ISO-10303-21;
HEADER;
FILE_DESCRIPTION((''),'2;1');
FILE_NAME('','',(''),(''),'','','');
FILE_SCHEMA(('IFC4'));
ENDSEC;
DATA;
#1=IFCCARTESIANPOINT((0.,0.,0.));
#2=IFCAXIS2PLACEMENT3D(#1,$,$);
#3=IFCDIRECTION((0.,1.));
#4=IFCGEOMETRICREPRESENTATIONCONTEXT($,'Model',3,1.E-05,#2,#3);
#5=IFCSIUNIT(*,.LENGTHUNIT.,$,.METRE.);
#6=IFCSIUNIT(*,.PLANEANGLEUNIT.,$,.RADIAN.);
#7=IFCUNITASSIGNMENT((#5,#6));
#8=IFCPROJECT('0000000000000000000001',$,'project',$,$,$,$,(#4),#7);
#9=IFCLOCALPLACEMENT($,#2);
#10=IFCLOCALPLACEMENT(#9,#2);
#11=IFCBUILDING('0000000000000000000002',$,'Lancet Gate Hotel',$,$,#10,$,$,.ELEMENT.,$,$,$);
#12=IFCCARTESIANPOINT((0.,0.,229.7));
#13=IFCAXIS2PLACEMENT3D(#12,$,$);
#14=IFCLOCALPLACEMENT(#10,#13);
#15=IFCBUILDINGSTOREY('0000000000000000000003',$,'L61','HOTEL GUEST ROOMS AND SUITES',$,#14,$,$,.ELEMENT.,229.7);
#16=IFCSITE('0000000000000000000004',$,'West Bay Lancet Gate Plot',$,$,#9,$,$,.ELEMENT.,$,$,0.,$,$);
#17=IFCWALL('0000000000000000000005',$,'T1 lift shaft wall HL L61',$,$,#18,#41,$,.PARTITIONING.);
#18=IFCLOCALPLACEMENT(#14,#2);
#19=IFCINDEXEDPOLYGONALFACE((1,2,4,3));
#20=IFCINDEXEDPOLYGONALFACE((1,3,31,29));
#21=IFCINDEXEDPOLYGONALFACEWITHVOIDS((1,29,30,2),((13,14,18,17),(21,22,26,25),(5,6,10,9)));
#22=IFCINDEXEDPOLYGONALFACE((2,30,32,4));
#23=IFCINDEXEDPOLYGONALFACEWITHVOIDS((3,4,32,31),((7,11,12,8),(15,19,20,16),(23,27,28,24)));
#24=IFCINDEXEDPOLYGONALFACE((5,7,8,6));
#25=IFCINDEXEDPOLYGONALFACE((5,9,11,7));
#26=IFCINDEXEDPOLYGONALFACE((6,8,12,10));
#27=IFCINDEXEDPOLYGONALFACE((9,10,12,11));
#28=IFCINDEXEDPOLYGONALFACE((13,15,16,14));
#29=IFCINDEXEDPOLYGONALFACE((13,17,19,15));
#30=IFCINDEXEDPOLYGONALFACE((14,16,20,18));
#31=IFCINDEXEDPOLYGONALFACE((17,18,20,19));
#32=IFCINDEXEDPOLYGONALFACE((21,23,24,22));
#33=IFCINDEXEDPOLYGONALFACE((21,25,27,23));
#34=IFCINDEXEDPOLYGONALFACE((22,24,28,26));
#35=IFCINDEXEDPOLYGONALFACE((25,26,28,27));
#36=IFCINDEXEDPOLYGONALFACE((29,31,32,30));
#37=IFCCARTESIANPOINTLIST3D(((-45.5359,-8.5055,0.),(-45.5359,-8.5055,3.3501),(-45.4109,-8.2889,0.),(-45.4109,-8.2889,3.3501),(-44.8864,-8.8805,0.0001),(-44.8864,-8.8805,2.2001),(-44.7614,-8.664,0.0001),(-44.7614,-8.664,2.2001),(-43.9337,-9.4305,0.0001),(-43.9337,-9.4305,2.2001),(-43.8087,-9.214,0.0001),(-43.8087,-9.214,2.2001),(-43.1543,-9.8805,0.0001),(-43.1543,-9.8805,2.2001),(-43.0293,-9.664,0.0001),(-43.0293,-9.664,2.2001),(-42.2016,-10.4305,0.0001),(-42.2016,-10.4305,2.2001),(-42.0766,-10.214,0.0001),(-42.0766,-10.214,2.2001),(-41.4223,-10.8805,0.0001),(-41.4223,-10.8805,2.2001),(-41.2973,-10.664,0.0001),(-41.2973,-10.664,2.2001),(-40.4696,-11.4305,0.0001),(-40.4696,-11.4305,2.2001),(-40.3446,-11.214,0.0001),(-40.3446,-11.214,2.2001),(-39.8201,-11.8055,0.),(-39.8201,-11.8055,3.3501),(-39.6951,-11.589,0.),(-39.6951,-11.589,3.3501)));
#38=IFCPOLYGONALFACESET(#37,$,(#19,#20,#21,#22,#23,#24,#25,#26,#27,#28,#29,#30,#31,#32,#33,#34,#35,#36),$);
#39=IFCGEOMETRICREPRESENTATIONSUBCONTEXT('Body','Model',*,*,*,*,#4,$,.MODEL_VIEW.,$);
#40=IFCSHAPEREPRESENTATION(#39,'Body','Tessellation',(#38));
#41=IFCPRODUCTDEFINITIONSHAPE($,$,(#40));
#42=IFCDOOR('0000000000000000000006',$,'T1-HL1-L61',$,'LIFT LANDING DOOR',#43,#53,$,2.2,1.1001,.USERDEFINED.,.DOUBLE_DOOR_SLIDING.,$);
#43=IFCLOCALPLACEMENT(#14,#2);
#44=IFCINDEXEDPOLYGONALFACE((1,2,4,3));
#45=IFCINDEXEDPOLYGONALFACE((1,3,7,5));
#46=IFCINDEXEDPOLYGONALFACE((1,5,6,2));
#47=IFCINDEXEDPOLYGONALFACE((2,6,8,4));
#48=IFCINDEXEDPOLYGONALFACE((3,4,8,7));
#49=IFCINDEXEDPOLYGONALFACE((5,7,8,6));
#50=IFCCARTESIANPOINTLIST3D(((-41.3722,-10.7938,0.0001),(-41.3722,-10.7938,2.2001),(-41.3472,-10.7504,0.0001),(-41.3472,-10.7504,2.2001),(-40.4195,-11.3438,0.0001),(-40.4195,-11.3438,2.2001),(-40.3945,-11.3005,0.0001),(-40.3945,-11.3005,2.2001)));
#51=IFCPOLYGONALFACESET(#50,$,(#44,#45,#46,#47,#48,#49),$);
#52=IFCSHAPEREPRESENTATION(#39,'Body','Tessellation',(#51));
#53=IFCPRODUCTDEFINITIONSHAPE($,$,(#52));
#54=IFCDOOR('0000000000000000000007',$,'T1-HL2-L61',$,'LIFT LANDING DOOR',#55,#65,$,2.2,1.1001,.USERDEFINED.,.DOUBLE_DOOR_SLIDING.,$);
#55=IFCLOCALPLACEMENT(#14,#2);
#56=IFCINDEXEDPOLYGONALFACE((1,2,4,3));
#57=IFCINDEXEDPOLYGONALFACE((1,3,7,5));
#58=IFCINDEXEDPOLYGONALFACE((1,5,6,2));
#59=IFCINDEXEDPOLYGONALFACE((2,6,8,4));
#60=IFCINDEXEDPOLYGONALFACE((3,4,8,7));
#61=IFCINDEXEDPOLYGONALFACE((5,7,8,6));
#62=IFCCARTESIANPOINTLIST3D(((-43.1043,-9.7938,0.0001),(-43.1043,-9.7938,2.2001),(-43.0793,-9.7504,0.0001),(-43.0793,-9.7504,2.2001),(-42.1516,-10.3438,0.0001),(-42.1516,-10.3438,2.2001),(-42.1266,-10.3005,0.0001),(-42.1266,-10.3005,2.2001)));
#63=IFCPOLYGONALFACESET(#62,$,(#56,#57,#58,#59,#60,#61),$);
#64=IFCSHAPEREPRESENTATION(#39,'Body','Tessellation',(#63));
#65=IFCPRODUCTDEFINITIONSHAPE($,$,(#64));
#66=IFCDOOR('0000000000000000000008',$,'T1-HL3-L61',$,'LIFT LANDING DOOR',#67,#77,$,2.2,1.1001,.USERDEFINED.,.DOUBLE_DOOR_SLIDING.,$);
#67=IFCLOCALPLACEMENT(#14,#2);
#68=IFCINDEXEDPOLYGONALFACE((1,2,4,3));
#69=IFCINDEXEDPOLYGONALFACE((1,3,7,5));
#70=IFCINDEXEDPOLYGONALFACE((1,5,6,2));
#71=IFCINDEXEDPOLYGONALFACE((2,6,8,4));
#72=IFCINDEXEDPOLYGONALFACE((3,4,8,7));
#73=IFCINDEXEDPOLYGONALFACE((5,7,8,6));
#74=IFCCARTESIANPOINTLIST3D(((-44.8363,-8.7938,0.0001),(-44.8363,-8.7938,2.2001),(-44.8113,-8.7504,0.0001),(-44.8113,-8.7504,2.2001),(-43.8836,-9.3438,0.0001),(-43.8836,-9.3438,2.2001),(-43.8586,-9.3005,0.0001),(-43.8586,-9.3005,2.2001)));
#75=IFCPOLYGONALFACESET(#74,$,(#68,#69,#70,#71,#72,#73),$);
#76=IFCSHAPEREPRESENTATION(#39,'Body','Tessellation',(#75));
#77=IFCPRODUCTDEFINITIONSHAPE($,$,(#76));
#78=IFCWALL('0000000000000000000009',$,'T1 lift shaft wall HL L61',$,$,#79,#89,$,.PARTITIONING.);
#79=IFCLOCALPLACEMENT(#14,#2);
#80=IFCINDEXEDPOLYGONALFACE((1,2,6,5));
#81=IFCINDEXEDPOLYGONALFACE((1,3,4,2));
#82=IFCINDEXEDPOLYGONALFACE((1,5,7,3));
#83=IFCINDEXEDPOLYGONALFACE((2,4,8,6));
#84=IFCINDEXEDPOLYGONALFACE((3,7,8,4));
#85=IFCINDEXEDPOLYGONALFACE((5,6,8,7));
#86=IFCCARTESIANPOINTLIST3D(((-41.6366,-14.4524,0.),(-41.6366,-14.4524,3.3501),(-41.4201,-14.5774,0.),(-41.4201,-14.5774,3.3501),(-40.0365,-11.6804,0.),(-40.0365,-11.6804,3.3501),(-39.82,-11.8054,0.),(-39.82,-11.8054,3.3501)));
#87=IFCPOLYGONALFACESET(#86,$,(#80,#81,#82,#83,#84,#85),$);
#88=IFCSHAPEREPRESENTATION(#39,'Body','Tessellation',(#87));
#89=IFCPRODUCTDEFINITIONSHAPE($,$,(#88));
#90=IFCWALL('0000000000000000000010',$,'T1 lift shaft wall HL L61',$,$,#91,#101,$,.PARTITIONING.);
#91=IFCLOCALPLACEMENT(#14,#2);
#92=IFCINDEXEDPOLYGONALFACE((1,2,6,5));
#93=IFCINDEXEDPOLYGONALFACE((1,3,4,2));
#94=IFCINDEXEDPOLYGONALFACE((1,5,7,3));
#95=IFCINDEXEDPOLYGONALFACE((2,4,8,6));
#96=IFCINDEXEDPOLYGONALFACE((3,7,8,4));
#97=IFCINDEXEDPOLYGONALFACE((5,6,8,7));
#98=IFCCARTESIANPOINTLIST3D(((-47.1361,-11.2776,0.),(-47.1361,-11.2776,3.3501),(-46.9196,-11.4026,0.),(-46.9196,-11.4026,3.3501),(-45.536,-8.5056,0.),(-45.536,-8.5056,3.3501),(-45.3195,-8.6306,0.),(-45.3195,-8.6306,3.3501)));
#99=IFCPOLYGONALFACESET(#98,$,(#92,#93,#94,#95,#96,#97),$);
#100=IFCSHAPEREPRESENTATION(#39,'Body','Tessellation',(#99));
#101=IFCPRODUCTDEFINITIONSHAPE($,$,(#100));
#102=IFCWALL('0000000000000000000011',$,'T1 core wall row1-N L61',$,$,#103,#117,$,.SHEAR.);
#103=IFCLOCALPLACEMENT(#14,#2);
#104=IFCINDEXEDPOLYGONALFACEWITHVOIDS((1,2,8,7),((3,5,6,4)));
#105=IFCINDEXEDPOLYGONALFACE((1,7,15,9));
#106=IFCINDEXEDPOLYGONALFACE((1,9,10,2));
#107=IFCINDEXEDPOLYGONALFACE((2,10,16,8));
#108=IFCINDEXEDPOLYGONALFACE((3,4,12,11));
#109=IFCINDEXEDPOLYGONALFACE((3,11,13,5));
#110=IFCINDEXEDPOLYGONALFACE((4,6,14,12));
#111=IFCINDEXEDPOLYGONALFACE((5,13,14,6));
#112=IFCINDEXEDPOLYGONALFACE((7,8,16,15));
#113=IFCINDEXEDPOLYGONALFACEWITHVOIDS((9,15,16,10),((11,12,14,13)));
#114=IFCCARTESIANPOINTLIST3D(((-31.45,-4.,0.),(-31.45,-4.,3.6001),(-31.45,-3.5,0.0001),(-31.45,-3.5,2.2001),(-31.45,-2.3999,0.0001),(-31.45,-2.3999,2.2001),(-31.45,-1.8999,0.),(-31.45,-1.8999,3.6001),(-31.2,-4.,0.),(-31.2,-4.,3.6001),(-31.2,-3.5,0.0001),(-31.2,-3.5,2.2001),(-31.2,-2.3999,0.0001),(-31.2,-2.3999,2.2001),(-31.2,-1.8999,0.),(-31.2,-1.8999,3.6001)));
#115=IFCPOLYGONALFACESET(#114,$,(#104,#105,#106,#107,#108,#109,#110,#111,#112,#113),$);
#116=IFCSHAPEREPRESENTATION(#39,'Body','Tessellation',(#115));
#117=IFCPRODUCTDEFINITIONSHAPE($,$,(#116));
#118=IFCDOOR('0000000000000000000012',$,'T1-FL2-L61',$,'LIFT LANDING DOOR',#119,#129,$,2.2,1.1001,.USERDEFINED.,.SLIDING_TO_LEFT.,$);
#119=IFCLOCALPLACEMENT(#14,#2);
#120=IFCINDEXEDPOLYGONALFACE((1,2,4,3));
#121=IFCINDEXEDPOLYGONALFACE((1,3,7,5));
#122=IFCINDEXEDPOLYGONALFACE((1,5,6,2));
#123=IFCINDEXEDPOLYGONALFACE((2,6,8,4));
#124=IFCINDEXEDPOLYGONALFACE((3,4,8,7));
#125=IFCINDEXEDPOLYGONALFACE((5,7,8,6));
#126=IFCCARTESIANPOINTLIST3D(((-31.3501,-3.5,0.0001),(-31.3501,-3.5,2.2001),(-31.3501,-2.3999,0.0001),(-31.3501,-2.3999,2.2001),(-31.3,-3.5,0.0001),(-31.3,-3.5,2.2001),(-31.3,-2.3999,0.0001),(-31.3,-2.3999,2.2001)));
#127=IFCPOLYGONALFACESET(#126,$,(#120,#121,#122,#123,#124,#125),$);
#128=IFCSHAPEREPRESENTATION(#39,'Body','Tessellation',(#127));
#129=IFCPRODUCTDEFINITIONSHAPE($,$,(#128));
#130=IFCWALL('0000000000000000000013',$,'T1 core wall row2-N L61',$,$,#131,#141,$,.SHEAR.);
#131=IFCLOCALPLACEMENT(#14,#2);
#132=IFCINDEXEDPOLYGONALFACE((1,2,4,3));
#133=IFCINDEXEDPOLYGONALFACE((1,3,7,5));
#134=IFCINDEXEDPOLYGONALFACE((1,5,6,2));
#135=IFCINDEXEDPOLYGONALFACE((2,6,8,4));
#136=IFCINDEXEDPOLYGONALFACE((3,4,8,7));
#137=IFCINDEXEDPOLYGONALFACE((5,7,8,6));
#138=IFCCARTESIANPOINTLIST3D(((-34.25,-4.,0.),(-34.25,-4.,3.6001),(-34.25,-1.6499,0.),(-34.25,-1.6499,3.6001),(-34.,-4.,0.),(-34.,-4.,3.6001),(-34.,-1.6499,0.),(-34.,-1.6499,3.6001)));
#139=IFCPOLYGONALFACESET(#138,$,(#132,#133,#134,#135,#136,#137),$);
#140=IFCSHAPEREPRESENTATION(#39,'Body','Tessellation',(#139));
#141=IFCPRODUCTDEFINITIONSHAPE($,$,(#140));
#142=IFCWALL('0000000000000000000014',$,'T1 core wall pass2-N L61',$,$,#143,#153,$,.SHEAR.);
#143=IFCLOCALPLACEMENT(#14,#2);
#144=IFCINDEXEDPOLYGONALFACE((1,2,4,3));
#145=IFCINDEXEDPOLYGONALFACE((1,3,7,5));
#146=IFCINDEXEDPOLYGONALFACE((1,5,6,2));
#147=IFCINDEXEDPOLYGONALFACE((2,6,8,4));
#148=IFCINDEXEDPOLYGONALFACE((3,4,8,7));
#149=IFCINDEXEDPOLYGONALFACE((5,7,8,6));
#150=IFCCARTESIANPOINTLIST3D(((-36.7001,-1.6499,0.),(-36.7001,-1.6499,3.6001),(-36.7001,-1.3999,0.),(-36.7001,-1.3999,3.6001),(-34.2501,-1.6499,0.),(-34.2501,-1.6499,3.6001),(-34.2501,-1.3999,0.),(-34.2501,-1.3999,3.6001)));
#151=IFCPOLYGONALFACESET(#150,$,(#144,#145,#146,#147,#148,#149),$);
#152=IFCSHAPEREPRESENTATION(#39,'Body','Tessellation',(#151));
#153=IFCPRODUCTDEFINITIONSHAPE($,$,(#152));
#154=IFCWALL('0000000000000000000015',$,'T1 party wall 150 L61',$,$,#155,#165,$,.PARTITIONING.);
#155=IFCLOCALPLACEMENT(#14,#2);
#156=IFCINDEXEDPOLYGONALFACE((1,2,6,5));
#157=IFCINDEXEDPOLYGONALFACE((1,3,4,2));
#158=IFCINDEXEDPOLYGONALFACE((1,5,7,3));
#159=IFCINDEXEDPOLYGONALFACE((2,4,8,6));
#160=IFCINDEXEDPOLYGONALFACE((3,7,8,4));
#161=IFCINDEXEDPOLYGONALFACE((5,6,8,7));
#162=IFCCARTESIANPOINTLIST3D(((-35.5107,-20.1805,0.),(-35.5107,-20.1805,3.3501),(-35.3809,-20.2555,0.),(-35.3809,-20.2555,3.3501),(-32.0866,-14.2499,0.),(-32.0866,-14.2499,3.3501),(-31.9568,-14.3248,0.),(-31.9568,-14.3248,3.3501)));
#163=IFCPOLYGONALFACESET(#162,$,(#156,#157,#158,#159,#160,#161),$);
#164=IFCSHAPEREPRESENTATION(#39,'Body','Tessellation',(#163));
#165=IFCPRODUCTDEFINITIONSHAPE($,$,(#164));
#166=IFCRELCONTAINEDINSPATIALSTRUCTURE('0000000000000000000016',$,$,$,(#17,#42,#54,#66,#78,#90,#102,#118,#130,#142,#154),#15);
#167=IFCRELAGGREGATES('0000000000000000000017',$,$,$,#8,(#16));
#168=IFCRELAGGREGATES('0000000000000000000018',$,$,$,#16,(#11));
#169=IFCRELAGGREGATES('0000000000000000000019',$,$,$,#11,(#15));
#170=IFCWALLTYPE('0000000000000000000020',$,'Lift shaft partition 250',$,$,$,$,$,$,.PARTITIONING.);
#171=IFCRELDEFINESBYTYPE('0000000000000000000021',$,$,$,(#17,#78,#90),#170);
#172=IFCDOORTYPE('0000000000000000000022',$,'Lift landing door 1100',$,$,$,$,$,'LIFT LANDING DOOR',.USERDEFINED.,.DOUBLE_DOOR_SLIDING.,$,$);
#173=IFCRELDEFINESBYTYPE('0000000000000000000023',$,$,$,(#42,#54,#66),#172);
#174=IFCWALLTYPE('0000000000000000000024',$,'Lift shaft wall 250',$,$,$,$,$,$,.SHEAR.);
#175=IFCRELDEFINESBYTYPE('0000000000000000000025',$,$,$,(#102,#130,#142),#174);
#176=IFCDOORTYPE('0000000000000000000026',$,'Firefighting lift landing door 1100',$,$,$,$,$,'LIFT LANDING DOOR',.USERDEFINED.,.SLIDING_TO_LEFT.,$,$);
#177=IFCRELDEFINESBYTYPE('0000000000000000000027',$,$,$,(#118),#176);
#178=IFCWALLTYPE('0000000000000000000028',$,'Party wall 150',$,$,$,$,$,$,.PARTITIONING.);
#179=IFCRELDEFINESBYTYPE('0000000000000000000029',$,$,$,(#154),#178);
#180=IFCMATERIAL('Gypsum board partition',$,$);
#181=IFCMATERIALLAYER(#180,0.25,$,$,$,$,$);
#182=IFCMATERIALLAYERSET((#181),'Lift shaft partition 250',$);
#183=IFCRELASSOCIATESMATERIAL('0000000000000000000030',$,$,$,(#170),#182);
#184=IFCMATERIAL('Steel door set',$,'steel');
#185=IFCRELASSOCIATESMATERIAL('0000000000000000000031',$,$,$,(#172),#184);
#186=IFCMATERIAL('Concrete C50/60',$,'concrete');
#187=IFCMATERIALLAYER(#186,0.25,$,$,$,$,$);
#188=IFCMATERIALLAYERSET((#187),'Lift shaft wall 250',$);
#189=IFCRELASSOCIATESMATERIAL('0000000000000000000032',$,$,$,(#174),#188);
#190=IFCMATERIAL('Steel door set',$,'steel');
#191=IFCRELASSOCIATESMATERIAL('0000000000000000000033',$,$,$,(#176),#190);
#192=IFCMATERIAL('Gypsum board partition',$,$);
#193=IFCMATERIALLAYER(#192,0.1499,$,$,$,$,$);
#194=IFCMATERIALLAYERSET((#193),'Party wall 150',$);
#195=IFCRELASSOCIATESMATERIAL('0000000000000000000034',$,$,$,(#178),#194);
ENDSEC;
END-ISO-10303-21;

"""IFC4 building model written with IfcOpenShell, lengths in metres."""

from ifc_helpers import new_model, si_unit, direction, frame, frame_2d, origin, place, context, subcontext, project, spatial, rectangle, extrude, material, layer, layer_set, type_object, element, fill, save


model = new_model("IFC4")

# Units and contexts
model_context = context("Model", 3, precision=1e-05, world=origin(), true_north=direction((0.0, 1.0)))
body_context = subcontext(model_context, "Body", "Model", "MODEL_VIEW")
ifc_project = project(units=[si_unit("LENGTHUNIT", "METRE"), si_unit("PLANEANGLEUNIT", "RADIAN")], contexts=[model_context])

# Site, building, storey
site_placement = place(None, origin())
site = spatial("IfcSite", under=ifc_project, at=site_placement, Name="West Bay Lancet Gate Plot", CompositionType="ELEMENT", RefElevation=0.0)
building_placement = place(site_placement, origin())
building = spatial("IfcBuilding", under=site, at=building_placement, Name="Lancet Gate Hotel", CompositionType="ELEMENT")
storey_placement = place(building_placement, frame((0.0, 0.0, 229.7)))
storey = spatial("IfcBuildingStorey", under=building, at=storey_placement, Name="L61", Description="HOTEL GUEST ROOMS AND SUITES", CompositionType="ELEMENT", Elevation=229.7)

# Wall, openings, doors
ifc_material_1 = material(Name="Gypsum board partition")
ifc_layer_1 = layer(ifc_material_1, 0.25)
ifc_layer_set_1 = layer_set([ifc_layer_1], Name="Lift shaft partition 250")
wall_type_1 = type_object("IfcWallType", Name="Lift shaft partition 250", PredefinedType="PARTITIONING", material=ifc_layer_set_1)
wall_1_placement = place(storey_placement, frame((-39.7576, -11.6973, 0.0), z_axis=(0.0, 0.0, 1.0), x_axis=(-0.866024, 0.500002, 0.0)))
wall_1 = element("IfcWall", 1, at=wall_1_placement, inside=storey, type_object=wall_type_1, Name="T1 lift shaft wall HL L61", PredefinedType="PARTITIONING", context=body_context, shape_type="SweptSolid", body=[
    extrude(rectangle(XDim=6.6001, YDim=0.25, at=frame_2d((3.3, 0.0))), origin(), (0.0, 0.0, 1.0), 3.3501),
])
opening_1_placement = place(wall_1_placement, frame((0.75, 0.0, 0.0)))
opening_1 = element("IfcOpeningElement", 2, at=opening_1_placement, cuts=wall_1, PredefinedType="OPENING", context=body_context, shape_type="SweptSolid", body=[
    extrude(rectangle(XDim=1.1001, YDim=2.2, at=frame_2d((0.55, 1.1001))), frame((0.0, 0.135, 0.0), z_axis=(0.0, -1.0, 0.0), x_axis=(1.0, 0.0, 0.0)), (0.0, 0.0, 1.0), 0.27),
])
opening_2_placement = place(wall_1_placement, frame((2.75, 0.0, 0.0)))
opening_2 = element("IfcOpeningElement", 3, at=opening_2_placement, cuts=wall_1, PredefinedType="OPENING", context=body_context, shape_type="SweptSolid", body=[
    extrude(rectangle(XDim=1.1001, YDim=2.2, at=frame_2d((0.55, 1.1001))), frame((0.0, 0.135, 0.0), z_axis=(0.0, -1.0, 0.0), x_axis=(1.0, 0.0, 0.0)), (0.0, 0.0, 1.0), 0.27),
])
opening_3_placement = place(wall_1_placement, frame((4.75, 0.0, 0.0)))
opening_3 = element("IfcOpeningElement", 4, at=opening_3_placement, cuts=wall_1, PredefinedType="OPENING", context=body_context, shape_type="SweptSolid", body=[
    extrude(rectangle(XDim=1.1001, YDim=2.2, at=frame_2d((0.55, 1.1001))), frame((0.0, 0.135, 0.0), z_axis=(0.0, -1.0, 0.0), x_axis=(1.0, 0.0, 0.0)), (0.0, 0.0, 1.0), 0.27),
])
ifc_material_2 = material(Name="Steel door set", Category="steel")
door_type_1 = type_object("IfcDoorType", Name="Lift landing door 1100", ElementType="LIFT LANDING DOOR", OperationType="DOUBLE_DOOR_SLIDING", PredefinedType="USERDEFINED", material=ifc_material_2)
door_1_placement = place(opening_1_placement, origin())
door_1 = element("IfcDoor", 5, at=door_1_placement, inside=storey, type_object=door_type_1, Name="T1-HL1-L61", ObjectType="LIFT LANDING DOOR", OperationType="DOUBLE_DOOR_SLIDING", OverallHeight=2.2, OverallWidth=1.1001, PredefinedType="USERDEFINED", context=body_context, shape_type="SweptSolid", body=[
    extrude(rectangle(XDim=1.1001, YDim=2.2, at=frame_2d((0.55, 1.1001))), frame((0.0, 0.0249, 0.0), z_axis=(0.0, -1.0, 0.0), x_axis=(1.0, 0.0, 0.0)), (0.0, 0.0, 1.0), 0.05),
])
fill(opening_1, door_1)
door_2_placement = place(opening_2_placement, origin())
door_2 = element("IfcDoor", 6, at=door_2_placement, inside=storey, type_object=door_type_1, Name="T1-HL2-L61", ObjectType="LIFT LANDING DOOR", OperationType="DOUBLE_DOOR_SLIDING", OverallHeight=2.2, OverallWidth=1.1001, PredefinedType="USERDEFINED", context=body_context, shape_type="SweptSolid", body=[
    extrude(rectangle(XDim=1.1001, YDim=2.2, at=frame_2d((0.55, 1.1001))), frame((0.0, 0.0249, 0.0), z_axis=(0.0, -1.0, 0.0), x_axis=(1.0, 0.0, 0.0)), (0.0, 0.0, 1.0), 0.05),
])
fill(opening_2, door_2)
door_3_placement = place(opening_3_placement, origin())
door_3 = element("IfcDoor", 7, at=door_3_placement, inside=storey, type_object=door_type_1, Name="T1-HL3-L61", ObjectType="LIFT LANDING DOOR", OperationType="DOUBLE_DOOR_SLIDING", OverallHeight=2.2, OverallWidth=1.1001, PredefinedType="USERDEFINED", context=body_context, shape_type="SweptSolid", body=[
    extrude(rectangle(XDim=1.1001, YDim=2.2, at=frame_2d((0.55, 1.1001))), frame((0.0, 0.0249, 0.0), z_axis=(0.0, -1.0, 0.0), x_axis=(1.0, 0.0, 0.0)), (0.0, 0.0, 1.0), 0.05),
])
fill(opening_3, door_3)

# Walls
for number, where, z_axis, x_axis, name in (
    (8, (-39.9282, -11.7429, 0.0), (0.0, 0.0, 1.0), (-0.499929, -0.866066, 0.0), "T1 lift shaft wall HL L61"),
    (9, (-45.4277, -8.5681, 0.0), (0.0, 0.0, 1.0), (-0.499929, -0.866066, 0.0), "T1 lift shaft wall HL L61"),
):
    element("IfcWall", number, at=place(storey_placement, frame(where, z_axis=z_axis, x_axis=x_axis)), inside=storey, type_object=wall_type_1, Name=name, PredefinedType="PARTITIONING", context=body_context, shape_type="SweptSolid", body=[
        extrude(rectangle(XDim=3.2007, YDim=0.25, at=frame_2d((1.6003, 0.0))), origin(), (0.0, 0.0, 1.0), 3.3501),
    ])

# Wall, opening, door
ifc_material_3 = material(Name="Concrete C50/60", Category="concrete")
ifc_layer_2 = layer(ifc_material_3, 0.25)
ifc_layer_set_2 = layer_set([ifc_layer_2], Name="Lift shaft wall 250")
wall_type_2 = type_object("IfcWallType", Name="Lift shaft wall 250", PredefinedType="SHEAR", material=ifc_layer_set_2)
wall_2_placement = place(storey_placement, frame((-31.325, -1.8999, 0.0), z_axis=(0.0, 0.0, 1.0), x_axis=(0.0, -1.0, 0.0)))
wall_2 = element("IfcWall", 10, at=wall_2_placement, inside=storey, type_object=wall_type_2, Name="T1 core wall row1-N L61", PredefinedType="SHEAR", context=body_context, shape_type="SweptSolid", body=[
    extrude(rectangle(XDim=2.1001, YDim=0.25, at=frame_2d((1.05, 0.0))), origin(), (0.0, 0.0, 1.0), 3.6001),
])
opening_4_placement = place(wall_2_placement, frame((0.5, 0.0, 0.0)))
opening_4 = element("IfcOpeningElement", 11, at=opening_4_placement, cuts=wall_2, PredefinedType="OPENING", context=body_context, shape_type="SweptSolid", body=[
    extrude(rectangle(XDim=1.1001, YDim=2.2, at=frame_2d((0.55, 1.1001))), frame((0.0, 0.135, 0.0), z_axis=(0.0, -1.0, 0.0), x_axis=(1.0, 0.0, 0.0)), (0.0, 0.0, 1.0), 0.27),
])
ifc_material_4 = material(Name="Steel door set", Category="steel")
door_type_2 = type_object("IfcDoorType", Name="Firefighting lift landing door 1100", ElementType="LIFT LANDING DOOR", OperationType="SLIDING_TO_LEFT", PredefinedType="USERDEFINED", material=ifc_material_4)
door_4_placement = place(opening_4_placement, origin())
door_4 = element("IfcDoor", 12, at=door_4_placement, inside=storey, type_object=door_type_2, Name="T1-FL2-L61", ObjectType="LIFT LANDING DOOR", OperationType="SLIDING_TO_LEFT", OverallHeight=2.2, OverallWidth=1.1001, PredefinedType="USERDEFINED", context=body_context, shape_type="SweptSolid", body=[
    extrude(rectangle(XDim=1.1001, YDim=2.2, at=frame_2d((0.55, 1.1001))), frame((0.0, 0.0249, 0.0), z_axis=(0.0, -1.0, 0.0), x_axis=(1.0, 0.0, 0.0)), (0.0, 0.0, 1.0), 0.05),
])
fill(opening_4, door_4)

# Walls
wall_3_placement = place(storey_placement, frame((-34.125, -1.6499, 0.0), z_axis=(0.0, 0.0, 1.0), x_axis=(0.0, -1.0, 0.0)))
element("IfcWall", 13, at=wall_3_placement, inside=storey, type_object=wall_type_2, Name="T1 core wall row2-N L61", PredefinedType="SHEAR", context=body_context, shape_type="SweptSolid", body=[
    extrude(rectangle(XDim=2.3501, YDim=0.25, at=frame_2d((1.175, 0.0))), origin(), (0.0, 0.0, 1.0), 3.6001),
])
wall_4_placement = place(storey_placement, frame((-34.25, -1.5249, 0.0), z_axis=(0.0, 0.0, 1.0), x_axis=(-1.0, 0.0, 0.0)))
element("IfcWall", 14, at=wall_4_placement, inside=storey, type_object=wall_type_2, Name="T1 core wall pass2-N L61", PredefinedType="SHEAR", context=body_context, shape_type="SweptSolid", body=[
    extrude(rectangle(XDim=2.45, YDim=0.25, at=frame_2d((1.2251, 0.0))), origin(), (0.0, 0.0, 1.0), 3.6001),
])
ifc_material_5 = material(Name="Gypsum board partition")
ifc_layer_3 = layer(ifc_material_5, 0.1499)
ifc_layer_set_3 = layer_set([ifc_layer_3], Name="Party wall 150")
wall_type_3 = type_object("IfcWallType", Name="Party wall 150", PredefinedType="PARTITIONING", material=ifc_layer_set_3)
wall_5_placement = place(storey_placement, frame((-32.0217, -14.2874, 0.0), z_axis=(0.0, 0.0, 1.0), x_axis=(-0.5, -0.866025, 0.0)))
element("IfcWall", 15, at=wall_5_placement, inside=storey, type_object=wall_type_3, Name="T1 party wall 150 L61", PredefinedType="PARTITIONING", context=body_context, shape_type="SweptSolid", body=[
    extrude(rectangle(XDim=6.8481, YDim=0.1499, at=frame_2d((3.4241, 0.0))), origin(), (0.0, 0.0, 1.0), 3.3501),
])

save(model, "model.ifc")
